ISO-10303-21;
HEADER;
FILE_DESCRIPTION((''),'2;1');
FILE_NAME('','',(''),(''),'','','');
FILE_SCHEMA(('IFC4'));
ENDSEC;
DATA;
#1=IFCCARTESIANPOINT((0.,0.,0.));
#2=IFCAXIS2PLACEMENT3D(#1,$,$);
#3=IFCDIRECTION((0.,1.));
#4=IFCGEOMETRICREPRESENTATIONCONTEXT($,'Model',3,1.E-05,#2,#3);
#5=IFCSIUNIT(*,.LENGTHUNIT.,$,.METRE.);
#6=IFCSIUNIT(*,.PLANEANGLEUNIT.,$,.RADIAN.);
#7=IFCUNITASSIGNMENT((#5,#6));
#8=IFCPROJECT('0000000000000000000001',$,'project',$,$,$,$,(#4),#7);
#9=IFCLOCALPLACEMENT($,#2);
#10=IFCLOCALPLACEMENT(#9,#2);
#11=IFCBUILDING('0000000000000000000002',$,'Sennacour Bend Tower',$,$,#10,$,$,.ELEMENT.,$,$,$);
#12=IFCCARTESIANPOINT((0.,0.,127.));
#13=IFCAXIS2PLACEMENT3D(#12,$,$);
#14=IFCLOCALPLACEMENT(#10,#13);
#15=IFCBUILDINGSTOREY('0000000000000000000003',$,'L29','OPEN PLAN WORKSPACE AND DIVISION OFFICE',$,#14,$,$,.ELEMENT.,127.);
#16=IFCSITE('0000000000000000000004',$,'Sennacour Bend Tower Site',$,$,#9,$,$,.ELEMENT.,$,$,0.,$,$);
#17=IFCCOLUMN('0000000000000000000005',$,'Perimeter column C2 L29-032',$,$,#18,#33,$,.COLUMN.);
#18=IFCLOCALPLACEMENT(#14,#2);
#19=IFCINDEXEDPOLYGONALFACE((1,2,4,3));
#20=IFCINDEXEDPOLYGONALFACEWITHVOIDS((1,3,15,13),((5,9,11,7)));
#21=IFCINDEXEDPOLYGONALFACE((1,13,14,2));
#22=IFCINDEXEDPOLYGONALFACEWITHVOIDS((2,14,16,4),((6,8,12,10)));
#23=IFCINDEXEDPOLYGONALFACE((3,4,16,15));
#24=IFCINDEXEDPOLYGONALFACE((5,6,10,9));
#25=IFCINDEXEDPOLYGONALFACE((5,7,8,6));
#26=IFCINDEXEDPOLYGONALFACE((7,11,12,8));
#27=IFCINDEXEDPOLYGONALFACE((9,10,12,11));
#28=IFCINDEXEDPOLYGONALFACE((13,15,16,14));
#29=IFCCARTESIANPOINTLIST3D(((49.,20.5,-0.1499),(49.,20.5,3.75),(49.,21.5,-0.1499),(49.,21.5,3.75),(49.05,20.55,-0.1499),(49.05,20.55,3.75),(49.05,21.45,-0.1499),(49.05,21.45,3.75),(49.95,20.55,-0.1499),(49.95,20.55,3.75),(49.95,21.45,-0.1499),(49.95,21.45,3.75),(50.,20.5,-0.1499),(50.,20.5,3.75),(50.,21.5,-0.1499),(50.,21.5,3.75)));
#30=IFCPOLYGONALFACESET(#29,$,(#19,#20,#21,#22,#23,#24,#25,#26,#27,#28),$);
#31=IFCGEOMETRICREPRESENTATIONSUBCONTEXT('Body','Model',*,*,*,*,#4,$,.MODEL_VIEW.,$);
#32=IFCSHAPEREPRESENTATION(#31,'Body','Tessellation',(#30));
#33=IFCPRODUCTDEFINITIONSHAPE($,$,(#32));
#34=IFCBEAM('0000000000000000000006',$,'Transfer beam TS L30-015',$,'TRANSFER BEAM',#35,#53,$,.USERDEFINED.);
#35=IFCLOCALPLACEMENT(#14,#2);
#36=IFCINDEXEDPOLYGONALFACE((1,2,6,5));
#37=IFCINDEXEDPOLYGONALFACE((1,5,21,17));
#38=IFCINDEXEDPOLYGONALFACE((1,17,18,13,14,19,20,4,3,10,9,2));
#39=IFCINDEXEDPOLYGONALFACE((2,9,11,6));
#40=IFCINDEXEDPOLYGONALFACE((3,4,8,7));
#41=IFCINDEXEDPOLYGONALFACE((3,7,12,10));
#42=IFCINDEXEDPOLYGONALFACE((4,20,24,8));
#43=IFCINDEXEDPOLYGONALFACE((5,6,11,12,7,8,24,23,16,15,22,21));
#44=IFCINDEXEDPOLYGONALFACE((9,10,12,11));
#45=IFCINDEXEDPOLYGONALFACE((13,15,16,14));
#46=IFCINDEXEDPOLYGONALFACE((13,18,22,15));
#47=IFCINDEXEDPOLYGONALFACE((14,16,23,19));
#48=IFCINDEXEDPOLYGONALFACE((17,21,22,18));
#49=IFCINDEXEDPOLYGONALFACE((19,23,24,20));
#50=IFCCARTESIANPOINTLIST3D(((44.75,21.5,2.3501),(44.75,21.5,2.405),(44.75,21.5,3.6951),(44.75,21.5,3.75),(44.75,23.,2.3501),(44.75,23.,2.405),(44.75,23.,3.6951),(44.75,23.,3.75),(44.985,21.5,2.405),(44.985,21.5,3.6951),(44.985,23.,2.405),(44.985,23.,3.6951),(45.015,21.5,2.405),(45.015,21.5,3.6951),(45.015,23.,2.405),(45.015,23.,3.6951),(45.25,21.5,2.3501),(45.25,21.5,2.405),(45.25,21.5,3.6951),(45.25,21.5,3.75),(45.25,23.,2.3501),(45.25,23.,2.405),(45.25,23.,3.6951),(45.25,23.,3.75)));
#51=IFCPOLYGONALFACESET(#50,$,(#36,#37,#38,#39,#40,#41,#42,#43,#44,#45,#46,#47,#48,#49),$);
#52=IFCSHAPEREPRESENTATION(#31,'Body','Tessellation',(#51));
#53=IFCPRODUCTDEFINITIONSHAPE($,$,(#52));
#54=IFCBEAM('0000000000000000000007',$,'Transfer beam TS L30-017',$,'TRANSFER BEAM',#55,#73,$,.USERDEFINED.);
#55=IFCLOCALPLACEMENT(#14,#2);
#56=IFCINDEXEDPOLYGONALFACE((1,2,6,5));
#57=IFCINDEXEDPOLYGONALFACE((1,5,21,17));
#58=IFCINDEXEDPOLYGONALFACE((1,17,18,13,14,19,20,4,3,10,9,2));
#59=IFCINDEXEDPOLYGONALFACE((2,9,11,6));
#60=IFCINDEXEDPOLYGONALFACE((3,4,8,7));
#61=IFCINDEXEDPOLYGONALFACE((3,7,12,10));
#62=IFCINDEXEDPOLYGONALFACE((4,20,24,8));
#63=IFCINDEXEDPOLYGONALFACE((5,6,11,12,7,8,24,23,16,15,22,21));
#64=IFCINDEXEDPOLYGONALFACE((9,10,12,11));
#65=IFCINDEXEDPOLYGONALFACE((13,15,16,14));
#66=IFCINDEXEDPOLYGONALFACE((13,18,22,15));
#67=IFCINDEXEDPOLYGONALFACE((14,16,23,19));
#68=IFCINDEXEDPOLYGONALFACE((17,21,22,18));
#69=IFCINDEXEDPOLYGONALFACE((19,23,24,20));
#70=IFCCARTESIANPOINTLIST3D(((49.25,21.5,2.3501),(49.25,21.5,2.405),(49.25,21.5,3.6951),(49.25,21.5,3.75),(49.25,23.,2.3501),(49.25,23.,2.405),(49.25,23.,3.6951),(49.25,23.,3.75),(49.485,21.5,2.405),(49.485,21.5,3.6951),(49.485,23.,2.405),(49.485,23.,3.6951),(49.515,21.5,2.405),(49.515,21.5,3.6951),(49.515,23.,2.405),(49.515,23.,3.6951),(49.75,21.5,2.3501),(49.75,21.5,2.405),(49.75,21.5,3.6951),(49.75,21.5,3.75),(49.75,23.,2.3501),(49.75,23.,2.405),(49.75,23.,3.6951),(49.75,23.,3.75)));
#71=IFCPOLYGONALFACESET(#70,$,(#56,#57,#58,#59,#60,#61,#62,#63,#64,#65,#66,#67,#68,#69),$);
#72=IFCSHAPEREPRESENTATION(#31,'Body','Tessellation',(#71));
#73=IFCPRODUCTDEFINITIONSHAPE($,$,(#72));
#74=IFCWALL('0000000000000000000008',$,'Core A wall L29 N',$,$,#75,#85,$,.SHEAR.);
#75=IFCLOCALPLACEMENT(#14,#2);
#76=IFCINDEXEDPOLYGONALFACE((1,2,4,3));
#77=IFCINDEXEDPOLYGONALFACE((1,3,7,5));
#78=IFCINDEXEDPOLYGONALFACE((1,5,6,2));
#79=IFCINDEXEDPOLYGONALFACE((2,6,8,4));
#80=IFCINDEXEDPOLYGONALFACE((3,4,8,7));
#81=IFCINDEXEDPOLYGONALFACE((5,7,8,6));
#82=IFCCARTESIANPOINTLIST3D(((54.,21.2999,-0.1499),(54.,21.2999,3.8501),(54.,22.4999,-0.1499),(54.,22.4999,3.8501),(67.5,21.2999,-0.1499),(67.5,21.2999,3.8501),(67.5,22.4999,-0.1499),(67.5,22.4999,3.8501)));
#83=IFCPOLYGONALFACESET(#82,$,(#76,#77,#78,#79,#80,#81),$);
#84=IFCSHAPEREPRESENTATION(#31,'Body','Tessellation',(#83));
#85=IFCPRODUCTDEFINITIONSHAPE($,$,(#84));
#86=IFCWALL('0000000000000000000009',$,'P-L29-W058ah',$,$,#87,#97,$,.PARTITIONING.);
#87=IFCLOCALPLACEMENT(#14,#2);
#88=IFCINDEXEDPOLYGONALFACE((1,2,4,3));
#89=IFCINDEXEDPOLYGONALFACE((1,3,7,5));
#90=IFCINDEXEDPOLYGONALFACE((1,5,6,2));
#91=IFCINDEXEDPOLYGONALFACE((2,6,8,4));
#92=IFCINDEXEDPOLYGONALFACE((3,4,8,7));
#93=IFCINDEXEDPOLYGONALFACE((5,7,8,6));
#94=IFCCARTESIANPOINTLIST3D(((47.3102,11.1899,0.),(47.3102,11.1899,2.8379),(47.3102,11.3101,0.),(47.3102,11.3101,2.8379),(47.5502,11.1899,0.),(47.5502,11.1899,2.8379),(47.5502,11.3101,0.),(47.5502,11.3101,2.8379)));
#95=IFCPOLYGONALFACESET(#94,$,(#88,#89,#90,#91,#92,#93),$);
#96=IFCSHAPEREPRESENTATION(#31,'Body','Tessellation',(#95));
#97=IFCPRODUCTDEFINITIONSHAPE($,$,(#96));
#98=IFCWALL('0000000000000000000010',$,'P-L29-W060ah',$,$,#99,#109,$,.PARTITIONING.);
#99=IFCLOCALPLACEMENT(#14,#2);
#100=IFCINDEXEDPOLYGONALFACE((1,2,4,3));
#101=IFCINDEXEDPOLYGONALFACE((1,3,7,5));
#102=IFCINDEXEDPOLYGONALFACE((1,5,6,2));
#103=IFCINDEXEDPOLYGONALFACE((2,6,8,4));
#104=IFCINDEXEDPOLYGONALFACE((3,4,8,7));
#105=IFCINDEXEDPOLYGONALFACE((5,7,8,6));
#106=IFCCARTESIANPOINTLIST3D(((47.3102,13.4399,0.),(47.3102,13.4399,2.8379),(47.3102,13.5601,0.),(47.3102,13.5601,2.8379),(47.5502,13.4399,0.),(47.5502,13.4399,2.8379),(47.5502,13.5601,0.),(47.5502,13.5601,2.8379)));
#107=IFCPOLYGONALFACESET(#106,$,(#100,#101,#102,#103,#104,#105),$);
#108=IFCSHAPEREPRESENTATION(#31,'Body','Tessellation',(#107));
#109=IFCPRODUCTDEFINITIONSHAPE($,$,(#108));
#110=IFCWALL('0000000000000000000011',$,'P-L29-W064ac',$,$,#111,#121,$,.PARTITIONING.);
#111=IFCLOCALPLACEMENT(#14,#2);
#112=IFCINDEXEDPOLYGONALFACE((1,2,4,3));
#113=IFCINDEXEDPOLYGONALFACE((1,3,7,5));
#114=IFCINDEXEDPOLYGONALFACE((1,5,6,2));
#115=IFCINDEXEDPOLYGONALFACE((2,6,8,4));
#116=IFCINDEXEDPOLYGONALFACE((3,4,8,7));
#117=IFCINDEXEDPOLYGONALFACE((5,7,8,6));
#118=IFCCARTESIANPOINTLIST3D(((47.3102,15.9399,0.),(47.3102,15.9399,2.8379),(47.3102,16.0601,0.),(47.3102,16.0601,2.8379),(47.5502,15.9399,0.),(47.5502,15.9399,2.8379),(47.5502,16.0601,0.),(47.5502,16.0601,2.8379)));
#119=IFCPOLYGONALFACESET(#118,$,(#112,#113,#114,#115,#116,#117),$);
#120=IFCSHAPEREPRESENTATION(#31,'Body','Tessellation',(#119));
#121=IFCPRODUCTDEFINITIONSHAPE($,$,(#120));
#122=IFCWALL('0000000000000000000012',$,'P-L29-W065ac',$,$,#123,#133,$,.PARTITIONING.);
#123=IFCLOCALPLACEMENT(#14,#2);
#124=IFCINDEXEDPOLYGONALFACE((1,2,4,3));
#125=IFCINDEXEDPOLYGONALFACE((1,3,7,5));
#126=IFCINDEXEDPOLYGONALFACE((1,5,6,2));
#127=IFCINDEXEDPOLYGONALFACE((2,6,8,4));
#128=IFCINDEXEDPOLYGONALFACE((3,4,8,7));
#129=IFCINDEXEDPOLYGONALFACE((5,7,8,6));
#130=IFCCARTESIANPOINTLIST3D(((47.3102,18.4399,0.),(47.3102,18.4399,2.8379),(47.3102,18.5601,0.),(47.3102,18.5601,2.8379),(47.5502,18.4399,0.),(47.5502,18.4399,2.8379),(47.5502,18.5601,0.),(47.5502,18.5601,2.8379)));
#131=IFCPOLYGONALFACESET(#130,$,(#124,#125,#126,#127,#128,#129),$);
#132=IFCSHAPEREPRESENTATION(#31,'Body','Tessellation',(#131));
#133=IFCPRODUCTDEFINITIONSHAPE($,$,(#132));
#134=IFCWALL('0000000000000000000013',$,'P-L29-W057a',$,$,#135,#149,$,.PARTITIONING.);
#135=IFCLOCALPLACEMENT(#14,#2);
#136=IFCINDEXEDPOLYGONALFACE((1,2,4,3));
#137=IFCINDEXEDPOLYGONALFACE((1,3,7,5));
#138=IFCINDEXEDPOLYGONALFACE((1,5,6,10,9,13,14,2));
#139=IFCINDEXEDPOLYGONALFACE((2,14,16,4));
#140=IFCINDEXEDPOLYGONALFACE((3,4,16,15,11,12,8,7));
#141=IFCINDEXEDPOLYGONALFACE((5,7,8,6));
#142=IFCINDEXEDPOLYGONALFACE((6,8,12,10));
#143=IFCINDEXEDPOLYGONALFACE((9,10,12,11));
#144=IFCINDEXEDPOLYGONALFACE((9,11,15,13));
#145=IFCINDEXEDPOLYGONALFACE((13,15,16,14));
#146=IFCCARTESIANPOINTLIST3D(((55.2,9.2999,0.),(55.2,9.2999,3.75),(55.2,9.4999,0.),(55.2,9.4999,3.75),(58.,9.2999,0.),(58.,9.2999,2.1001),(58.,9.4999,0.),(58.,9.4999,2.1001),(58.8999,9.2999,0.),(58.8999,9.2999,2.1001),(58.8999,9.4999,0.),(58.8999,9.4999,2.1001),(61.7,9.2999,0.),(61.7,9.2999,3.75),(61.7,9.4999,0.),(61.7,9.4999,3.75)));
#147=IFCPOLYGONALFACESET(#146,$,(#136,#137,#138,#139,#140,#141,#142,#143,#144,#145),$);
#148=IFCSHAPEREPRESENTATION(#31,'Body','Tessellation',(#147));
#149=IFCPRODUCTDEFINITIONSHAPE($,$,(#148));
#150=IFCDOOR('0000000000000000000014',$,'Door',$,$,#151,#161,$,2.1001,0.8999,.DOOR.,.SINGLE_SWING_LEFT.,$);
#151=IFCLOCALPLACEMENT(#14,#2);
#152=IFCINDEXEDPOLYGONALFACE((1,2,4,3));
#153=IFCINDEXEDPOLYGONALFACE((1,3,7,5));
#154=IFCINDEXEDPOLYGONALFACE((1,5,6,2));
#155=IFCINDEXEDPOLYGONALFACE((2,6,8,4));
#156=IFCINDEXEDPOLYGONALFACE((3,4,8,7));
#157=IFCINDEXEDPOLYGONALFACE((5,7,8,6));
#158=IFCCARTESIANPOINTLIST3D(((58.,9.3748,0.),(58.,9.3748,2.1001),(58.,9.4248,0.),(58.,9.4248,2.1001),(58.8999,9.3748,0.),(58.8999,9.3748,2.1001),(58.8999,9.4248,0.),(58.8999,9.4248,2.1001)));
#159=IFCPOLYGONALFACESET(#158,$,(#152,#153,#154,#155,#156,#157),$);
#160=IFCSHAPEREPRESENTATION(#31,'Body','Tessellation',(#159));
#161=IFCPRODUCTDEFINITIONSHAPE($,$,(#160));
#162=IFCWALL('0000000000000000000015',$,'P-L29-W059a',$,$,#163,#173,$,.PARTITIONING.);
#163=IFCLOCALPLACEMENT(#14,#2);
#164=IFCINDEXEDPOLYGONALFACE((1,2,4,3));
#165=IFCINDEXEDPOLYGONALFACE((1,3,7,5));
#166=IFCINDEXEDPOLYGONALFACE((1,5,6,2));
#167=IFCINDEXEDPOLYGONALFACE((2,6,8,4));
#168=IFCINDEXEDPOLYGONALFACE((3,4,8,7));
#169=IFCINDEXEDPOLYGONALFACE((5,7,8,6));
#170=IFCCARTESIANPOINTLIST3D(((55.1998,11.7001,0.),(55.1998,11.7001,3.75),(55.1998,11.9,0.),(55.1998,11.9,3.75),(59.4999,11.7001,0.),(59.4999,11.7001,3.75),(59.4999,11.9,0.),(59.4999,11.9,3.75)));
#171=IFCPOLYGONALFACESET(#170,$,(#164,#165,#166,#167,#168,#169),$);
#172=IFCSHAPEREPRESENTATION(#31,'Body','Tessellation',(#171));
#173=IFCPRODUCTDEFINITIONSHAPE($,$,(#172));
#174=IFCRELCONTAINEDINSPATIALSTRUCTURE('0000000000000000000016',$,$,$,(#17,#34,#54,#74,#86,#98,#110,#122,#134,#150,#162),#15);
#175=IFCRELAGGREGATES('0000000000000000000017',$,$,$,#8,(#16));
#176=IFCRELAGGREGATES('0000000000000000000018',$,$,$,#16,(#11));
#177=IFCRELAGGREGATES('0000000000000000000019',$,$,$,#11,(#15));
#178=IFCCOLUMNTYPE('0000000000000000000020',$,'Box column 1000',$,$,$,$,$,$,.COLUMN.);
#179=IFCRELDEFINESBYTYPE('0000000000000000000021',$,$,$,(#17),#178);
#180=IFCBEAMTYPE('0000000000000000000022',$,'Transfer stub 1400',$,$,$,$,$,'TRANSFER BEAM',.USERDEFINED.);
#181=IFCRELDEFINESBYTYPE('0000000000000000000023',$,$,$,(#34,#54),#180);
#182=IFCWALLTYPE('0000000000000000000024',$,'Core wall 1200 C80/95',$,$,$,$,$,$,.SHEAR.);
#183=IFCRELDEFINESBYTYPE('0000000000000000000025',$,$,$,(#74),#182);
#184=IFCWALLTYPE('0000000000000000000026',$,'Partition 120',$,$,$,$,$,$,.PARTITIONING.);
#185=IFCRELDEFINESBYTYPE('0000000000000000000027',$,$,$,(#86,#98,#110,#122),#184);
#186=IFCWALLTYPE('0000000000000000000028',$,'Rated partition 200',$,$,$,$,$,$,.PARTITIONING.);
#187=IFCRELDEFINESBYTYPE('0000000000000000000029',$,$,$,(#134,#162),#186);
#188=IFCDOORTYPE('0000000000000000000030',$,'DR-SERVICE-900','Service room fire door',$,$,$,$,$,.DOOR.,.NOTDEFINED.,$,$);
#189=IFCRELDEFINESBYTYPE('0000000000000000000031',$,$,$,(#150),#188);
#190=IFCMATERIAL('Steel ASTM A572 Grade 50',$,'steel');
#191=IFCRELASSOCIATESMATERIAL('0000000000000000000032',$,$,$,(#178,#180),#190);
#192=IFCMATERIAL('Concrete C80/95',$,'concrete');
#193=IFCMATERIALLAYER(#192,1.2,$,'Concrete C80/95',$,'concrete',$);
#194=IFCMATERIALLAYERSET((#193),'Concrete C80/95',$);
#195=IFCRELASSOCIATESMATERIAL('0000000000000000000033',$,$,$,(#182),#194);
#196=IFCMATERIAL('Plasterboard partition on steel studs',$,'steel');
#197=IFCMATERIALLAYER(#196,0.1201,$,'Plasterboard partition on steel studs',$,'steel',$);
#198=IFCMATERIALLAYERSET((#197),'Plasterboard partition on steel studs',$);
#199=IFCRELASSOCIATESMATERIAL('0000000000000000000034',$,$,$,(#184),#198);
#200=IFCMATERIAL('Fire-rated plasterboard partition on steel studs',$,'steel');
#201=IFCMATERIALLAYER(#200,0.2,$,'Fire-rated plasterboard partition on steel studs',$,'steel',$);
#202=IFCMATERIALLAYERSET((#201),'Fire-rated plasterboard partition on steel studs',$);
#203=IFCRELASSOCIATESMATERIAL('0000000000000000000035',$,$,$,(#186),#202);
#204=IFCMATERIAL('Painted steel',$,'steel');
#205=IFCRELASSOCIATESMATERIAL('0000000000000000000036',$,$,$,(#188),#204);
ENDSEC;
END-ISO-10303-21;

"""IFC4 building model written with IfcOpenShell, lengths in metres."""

from ifc_helpers import new_model, si_unit, direction, frame, frame_2d, origin, origin_2d, place, context, subcontext, project, spatial, rectangle, hollow_rectangle, i_section, extrude, material, layer, layer_set, material_profile, profile_set, type_object, element, fill, save


model = new_model("IFC4")

# Units and contexts
model_context = context("Model", 3, precision=1e-05, world=origin(), true_north=direction((0.0, 1.0)))
body_context = subcontext(model_context, "Body", "Model", "MODEL_VIEW")
ifc_project = project(units=[si_unit("LENGTHUNIT", "METRE"), si_unit("PLANEANGLEUNIT", "RADIAN")], contexts=[model_context])

# Site, building, storey
site_placement = place(None, origin())
site = spatial("IfcSite", under=ifc_project, at=site_placement, Name="Sennacour Bend Tower Site", CompositionType="ELEMENT", RefElevation=0.0)
building_placement = place(site_placement, origin())
building = spatial("IfcBuilding", under=site, at=building_placement, Name="Sennacour Bend Tower", CompositionType="ELEMENT")
storey_placement = place(building_placement, frame((0.0, 0.0, 127.0)))
storey = spatial("IfcBuildingStorey", under=building, at=storey_placement, Name="L29", Description="OPEN PLAN WORKSPACE AND DIVISION OFFICE", CompositionType="ELEMENT", Elevation=127.0)

# Column
ifc_material_1 = material(Name="Steel ASTM A572 Grade 50", Category="steel")
ifc_material_profile_1 = material_profile(ifc_material_1, hollow_rectangle(XDim=1.0, YDim=1.0, WallThickness=0.05, at=origin_2d()), Name="Steel ASTM A572 Grade 50", Category="steel")
ifc_profile_set_1 = profile_set([ifc_material_profile_1], Name="Steel ASTM A572 Grade 50")
column_type = type_object("IfcColumnType", Name="Box column 1000", PredefinedType="COLUMN", material=ifc_profile_set_1)
column_placement = place(storey_placement, frame((49.5, 21.0, -0.1499), z_axis=(0.0, 0.0, 1.0), x_axis=(1.0, 0.0, 0.0)))
element("IfcColumn", 1, at=column_placement, inside=storey, type_object=column_type, Name="Perimeter column C2 L29-032", PredefinedType="COLUMN", context=body_context, shape_type="SweptSolid", body=[
    extrude(hollow_rectangle(XDim=1.0, YDim=1.0, WallThickness=0.05, at=origin_2d()), origin(), (0.0, 0.0, 1.0), 3.8999),
])

# Beams
ifc_material_profile_2 = material_profile(ifc_material_1, i_section(OverallWidth=0.5, OverallDepth=1.3999, WebThickness=0.03, FlangeThickness=0.0549, at=origin_2d()), Name="Steel ASTM A572 Grade 50", Category="steel")
ifc_profile_set_2 = profile_set([ifc_material_profile_2], Name="Steel ASTM A572 Grade 50")
beam_type = type_object("IfcBeamType", Name="Transfer stub 1400", ElementType="TRANSFER BEAM", PredefinedType="USERDEFINED", material=ifc_profile_set_2)
for number, where, z_axis, x_axis, name in (
    (2, (45.0, 21.5, 3.05), (0.0, 1.0, 0.0), (-1.0, 0.0, 0.0), "Transfer beam TS L30-015"),
    (3, (49.5, 21.5, 3.05), (0.0, 1.0, 0.0), (-1.0, 0.0, 0.0), "Transfer beam TS L30-017"),
):
    element("IfcBeam", number, at=place(storey_placement, frame(where, z_axis=z_axis, x_axis=x_axis)), inside=storey, type_object=beam_type, Name=name, ObjectType="TRANSFER BEAM", PredefinedType="USERDEFINED", context=body_context, shape_type="SweptSolid", body=[
        extrude(i_section(OverallWidth=0.5, OverallDepth=1.3999, WebThickness=0.03, FlangeThickness=0.0549, at=origin_2d()), origin(), (0.0, 0.0, 1.0), 1.5),
    ])

# Walls
ifc_material_2 = material(Name="Concrete C80/95", Category="concrete")
ifc_layer_1 = layer(ifc_material_2, 1.2, Name="Concrete C80/95", Category="concrete")
ifc_layer_set_1 = layer_set([ifc_layer_1], Name="Concrete C80/95")
wall_type_1 = type_object("IfcWallType", Name="Core wall 1200 C80/95", PredefinedType="SHEAR", material=ifc_layer_set_1)
wall_1_placement = place(storey_placement, frame((54.0, 21.8999, -0.1499), z_axis=(0.0, 0.0, 1.0), x_axis=(1.0, 0.0, 0.0)))
element("IfcWall", 4, at=wall_1_placement, inside=storey, type_object=wall_type_1, Name="Core A wall L29 N", PredefinedType="SHEAR", context=body_context, shape_type="SweptSolid", body=[
    extrude(rectangle(XDim=13.5, YDim=1.2, at=frame_2d((6.75, 0.0))), origin(), (0.0, 0.0, 1.0), 4.0),
])
ifc_material_3 = material(Name="Plasterboard partition on steel studs", Category="steel")
ifc_layer_2 = layer(ifc_material_3, 0.1201, Name="Plasterboard partition on steel studs", Category="steel")
ifc_layer_set_2 = layer_set([ifc_layer_2], Name="Plasterboard partition on steel studs")
wall_type_2 = type_object("IfcWallType", Name="Partition 120", PredefinedType="PARTITIONING", material=ifc_layer_set_2)
for number, where, z_axis, x_axis, name in (
    (5, (47.3101, 11.25, 0.0), (0.0, 0.0, 1.0), (1.0, 0.0, 0.0), "P-L29-W058ah"),
    (6, (47.3101, 13.5, 0.0), (0.0, 0.0, 1.0), (1.0, 0.0, 0.0), "P-L29-W060ah"),
    (7, (47.3101, 16.0, 0.0), (0.0, 0.0, 1.0), (1.0, 0.0, 0.0), "P-L29-W064ac"),
    (8, (47.3101, 18.5, 0.0), (0.0, 0.0, 1.0), (1.0, 0.0, 0.0), "P-L29-W065ac"),
):
    element("IfcWall", number, at=place(storey_placement, frame(where, z_axis=z_axis, x_axis=x_axis)), inside=storey, type_object=wall_type_2, Name=name, PredefinedType="PARTITIONING", context=body_context, shape_type="SweptSolid", body=[
        extrude(rectangle(XDim=0.24, YDim=0.1201, at=frame_2d((0.1201, 0.0))), origin(), (0.0, 0.0, 1.0), 2.8379),
    ])

# Wall, opening, door
ifc_material_4 = material(Name="Fire-rated plasterboard partition on steel studs", Category="steel")
ifc_layer_3 = layer(ifc_material_4, 0.2, Name="Fire-rated plasterboard partition on steel studs", Category="steel")
ifc_layer_set_3 = layer_set([ifc_layer_3], Name="Fire-rated plasterboard partition on steel studs")
wall_type_3 = type_object("IfcWallType", Name="Rated partition 200", PredefinedType="PARTITIONING", material=ifc_layer_set_3)
wall_2_placement = place(storey_placement, frame((55.2, 9.3999, 0.0), z_axis=(0.0, 0.0, 1.0), x_axis=(1.0, 0.0, 0.0)))
wall_2 = element("IfcWall", 9, at=wall_2_placement, inside=storey, type_object=wall_type_3, Name="P-L29-W057a", PredefinedType="PARTITIONING", context=body_context, shape_type="SweptSolid", body=[
    extrude(rectangle(XDim=6.5, YDim=0.2, at=frame_2d((3.25, 0.0))), origin(), (0.0, 0.0, 1.0), 3.75),
])
opening_1_placement = place(wall_2_placement, frame((2.8, 0.0, 0.0)))
opening_1 = element("IfcOpeningElement", 10, at=opening_1_placement, cuts=wall_2, PredefinedType="OPENING", context=body_context, shape_type="SweptSolid", body=[
    extrude(rectangle(XDim=0.8999, YDim=2.1001, at=frame_2d((0.45, 1.05))), frame((0.0, 0.1099, 0.0), z_axis=(0.0, -1.0, 0.0), x_axis=(1.0, 0.0, 0.0)), (0.0, 0.0, 1.0), 0.22),
])
ifc_material_5 = material(Name="Painted steel", Category="steel")
door_type_1 = type_object("IfcDoorType", Name="DR-SERVICE-900", Description="Service room fire door", OperationType="NOTDEFINED", PredefinedType="DOOR", material=ifc_material_5)
door_1_placement = place(opening_1_placement, origin())
door_1 = element("IfcDoor", 11, at=door_1_placement, inside=storey, type_object=door_type_1, Name="Door", OperationType="SINGLE_SWING_LEFT", OverallHeight=2.1001, OverallWidth=0.8999, PredefinedType="DOOR", context=body_context, shape_type="SweptSolid", body=[
    extrude(rectangle(XDim=0.8999, YDim=2.1001, at=frame_2d((0.45, 1.05))), frame((0.0, 0.0249, 0.0), z_axis=(0.0, -1.0, 0.0), x_axis=(1.0, 0.0, 0.0)), (0.0, 0.0, 1.0), 0.05),
])
fill(opening_1, door_1)

# Wall
wall_3_placement = place(storey_placement, frame((55.2, 11.8, 0.0), z_axis=(0.0, 0.0, 1.0), x_axis=(1.0, 0.0, 0.0)))
element("IfcWall", 12, at=wall_3_placement, inside=storey, type_object=wall_type_3, Name="P-L29-W059a", PredefinedType="PARTITIONING", context=body_context, shape_type="SweptSolid", body=[
    extrude(rectangle(XDim=4.3, YDim=0.2, at=frame_2d((2.1499, 0.0))), origin(), (0.0, 0.0, 1.0), 3.75),
])

save(model, "model.ifc")
